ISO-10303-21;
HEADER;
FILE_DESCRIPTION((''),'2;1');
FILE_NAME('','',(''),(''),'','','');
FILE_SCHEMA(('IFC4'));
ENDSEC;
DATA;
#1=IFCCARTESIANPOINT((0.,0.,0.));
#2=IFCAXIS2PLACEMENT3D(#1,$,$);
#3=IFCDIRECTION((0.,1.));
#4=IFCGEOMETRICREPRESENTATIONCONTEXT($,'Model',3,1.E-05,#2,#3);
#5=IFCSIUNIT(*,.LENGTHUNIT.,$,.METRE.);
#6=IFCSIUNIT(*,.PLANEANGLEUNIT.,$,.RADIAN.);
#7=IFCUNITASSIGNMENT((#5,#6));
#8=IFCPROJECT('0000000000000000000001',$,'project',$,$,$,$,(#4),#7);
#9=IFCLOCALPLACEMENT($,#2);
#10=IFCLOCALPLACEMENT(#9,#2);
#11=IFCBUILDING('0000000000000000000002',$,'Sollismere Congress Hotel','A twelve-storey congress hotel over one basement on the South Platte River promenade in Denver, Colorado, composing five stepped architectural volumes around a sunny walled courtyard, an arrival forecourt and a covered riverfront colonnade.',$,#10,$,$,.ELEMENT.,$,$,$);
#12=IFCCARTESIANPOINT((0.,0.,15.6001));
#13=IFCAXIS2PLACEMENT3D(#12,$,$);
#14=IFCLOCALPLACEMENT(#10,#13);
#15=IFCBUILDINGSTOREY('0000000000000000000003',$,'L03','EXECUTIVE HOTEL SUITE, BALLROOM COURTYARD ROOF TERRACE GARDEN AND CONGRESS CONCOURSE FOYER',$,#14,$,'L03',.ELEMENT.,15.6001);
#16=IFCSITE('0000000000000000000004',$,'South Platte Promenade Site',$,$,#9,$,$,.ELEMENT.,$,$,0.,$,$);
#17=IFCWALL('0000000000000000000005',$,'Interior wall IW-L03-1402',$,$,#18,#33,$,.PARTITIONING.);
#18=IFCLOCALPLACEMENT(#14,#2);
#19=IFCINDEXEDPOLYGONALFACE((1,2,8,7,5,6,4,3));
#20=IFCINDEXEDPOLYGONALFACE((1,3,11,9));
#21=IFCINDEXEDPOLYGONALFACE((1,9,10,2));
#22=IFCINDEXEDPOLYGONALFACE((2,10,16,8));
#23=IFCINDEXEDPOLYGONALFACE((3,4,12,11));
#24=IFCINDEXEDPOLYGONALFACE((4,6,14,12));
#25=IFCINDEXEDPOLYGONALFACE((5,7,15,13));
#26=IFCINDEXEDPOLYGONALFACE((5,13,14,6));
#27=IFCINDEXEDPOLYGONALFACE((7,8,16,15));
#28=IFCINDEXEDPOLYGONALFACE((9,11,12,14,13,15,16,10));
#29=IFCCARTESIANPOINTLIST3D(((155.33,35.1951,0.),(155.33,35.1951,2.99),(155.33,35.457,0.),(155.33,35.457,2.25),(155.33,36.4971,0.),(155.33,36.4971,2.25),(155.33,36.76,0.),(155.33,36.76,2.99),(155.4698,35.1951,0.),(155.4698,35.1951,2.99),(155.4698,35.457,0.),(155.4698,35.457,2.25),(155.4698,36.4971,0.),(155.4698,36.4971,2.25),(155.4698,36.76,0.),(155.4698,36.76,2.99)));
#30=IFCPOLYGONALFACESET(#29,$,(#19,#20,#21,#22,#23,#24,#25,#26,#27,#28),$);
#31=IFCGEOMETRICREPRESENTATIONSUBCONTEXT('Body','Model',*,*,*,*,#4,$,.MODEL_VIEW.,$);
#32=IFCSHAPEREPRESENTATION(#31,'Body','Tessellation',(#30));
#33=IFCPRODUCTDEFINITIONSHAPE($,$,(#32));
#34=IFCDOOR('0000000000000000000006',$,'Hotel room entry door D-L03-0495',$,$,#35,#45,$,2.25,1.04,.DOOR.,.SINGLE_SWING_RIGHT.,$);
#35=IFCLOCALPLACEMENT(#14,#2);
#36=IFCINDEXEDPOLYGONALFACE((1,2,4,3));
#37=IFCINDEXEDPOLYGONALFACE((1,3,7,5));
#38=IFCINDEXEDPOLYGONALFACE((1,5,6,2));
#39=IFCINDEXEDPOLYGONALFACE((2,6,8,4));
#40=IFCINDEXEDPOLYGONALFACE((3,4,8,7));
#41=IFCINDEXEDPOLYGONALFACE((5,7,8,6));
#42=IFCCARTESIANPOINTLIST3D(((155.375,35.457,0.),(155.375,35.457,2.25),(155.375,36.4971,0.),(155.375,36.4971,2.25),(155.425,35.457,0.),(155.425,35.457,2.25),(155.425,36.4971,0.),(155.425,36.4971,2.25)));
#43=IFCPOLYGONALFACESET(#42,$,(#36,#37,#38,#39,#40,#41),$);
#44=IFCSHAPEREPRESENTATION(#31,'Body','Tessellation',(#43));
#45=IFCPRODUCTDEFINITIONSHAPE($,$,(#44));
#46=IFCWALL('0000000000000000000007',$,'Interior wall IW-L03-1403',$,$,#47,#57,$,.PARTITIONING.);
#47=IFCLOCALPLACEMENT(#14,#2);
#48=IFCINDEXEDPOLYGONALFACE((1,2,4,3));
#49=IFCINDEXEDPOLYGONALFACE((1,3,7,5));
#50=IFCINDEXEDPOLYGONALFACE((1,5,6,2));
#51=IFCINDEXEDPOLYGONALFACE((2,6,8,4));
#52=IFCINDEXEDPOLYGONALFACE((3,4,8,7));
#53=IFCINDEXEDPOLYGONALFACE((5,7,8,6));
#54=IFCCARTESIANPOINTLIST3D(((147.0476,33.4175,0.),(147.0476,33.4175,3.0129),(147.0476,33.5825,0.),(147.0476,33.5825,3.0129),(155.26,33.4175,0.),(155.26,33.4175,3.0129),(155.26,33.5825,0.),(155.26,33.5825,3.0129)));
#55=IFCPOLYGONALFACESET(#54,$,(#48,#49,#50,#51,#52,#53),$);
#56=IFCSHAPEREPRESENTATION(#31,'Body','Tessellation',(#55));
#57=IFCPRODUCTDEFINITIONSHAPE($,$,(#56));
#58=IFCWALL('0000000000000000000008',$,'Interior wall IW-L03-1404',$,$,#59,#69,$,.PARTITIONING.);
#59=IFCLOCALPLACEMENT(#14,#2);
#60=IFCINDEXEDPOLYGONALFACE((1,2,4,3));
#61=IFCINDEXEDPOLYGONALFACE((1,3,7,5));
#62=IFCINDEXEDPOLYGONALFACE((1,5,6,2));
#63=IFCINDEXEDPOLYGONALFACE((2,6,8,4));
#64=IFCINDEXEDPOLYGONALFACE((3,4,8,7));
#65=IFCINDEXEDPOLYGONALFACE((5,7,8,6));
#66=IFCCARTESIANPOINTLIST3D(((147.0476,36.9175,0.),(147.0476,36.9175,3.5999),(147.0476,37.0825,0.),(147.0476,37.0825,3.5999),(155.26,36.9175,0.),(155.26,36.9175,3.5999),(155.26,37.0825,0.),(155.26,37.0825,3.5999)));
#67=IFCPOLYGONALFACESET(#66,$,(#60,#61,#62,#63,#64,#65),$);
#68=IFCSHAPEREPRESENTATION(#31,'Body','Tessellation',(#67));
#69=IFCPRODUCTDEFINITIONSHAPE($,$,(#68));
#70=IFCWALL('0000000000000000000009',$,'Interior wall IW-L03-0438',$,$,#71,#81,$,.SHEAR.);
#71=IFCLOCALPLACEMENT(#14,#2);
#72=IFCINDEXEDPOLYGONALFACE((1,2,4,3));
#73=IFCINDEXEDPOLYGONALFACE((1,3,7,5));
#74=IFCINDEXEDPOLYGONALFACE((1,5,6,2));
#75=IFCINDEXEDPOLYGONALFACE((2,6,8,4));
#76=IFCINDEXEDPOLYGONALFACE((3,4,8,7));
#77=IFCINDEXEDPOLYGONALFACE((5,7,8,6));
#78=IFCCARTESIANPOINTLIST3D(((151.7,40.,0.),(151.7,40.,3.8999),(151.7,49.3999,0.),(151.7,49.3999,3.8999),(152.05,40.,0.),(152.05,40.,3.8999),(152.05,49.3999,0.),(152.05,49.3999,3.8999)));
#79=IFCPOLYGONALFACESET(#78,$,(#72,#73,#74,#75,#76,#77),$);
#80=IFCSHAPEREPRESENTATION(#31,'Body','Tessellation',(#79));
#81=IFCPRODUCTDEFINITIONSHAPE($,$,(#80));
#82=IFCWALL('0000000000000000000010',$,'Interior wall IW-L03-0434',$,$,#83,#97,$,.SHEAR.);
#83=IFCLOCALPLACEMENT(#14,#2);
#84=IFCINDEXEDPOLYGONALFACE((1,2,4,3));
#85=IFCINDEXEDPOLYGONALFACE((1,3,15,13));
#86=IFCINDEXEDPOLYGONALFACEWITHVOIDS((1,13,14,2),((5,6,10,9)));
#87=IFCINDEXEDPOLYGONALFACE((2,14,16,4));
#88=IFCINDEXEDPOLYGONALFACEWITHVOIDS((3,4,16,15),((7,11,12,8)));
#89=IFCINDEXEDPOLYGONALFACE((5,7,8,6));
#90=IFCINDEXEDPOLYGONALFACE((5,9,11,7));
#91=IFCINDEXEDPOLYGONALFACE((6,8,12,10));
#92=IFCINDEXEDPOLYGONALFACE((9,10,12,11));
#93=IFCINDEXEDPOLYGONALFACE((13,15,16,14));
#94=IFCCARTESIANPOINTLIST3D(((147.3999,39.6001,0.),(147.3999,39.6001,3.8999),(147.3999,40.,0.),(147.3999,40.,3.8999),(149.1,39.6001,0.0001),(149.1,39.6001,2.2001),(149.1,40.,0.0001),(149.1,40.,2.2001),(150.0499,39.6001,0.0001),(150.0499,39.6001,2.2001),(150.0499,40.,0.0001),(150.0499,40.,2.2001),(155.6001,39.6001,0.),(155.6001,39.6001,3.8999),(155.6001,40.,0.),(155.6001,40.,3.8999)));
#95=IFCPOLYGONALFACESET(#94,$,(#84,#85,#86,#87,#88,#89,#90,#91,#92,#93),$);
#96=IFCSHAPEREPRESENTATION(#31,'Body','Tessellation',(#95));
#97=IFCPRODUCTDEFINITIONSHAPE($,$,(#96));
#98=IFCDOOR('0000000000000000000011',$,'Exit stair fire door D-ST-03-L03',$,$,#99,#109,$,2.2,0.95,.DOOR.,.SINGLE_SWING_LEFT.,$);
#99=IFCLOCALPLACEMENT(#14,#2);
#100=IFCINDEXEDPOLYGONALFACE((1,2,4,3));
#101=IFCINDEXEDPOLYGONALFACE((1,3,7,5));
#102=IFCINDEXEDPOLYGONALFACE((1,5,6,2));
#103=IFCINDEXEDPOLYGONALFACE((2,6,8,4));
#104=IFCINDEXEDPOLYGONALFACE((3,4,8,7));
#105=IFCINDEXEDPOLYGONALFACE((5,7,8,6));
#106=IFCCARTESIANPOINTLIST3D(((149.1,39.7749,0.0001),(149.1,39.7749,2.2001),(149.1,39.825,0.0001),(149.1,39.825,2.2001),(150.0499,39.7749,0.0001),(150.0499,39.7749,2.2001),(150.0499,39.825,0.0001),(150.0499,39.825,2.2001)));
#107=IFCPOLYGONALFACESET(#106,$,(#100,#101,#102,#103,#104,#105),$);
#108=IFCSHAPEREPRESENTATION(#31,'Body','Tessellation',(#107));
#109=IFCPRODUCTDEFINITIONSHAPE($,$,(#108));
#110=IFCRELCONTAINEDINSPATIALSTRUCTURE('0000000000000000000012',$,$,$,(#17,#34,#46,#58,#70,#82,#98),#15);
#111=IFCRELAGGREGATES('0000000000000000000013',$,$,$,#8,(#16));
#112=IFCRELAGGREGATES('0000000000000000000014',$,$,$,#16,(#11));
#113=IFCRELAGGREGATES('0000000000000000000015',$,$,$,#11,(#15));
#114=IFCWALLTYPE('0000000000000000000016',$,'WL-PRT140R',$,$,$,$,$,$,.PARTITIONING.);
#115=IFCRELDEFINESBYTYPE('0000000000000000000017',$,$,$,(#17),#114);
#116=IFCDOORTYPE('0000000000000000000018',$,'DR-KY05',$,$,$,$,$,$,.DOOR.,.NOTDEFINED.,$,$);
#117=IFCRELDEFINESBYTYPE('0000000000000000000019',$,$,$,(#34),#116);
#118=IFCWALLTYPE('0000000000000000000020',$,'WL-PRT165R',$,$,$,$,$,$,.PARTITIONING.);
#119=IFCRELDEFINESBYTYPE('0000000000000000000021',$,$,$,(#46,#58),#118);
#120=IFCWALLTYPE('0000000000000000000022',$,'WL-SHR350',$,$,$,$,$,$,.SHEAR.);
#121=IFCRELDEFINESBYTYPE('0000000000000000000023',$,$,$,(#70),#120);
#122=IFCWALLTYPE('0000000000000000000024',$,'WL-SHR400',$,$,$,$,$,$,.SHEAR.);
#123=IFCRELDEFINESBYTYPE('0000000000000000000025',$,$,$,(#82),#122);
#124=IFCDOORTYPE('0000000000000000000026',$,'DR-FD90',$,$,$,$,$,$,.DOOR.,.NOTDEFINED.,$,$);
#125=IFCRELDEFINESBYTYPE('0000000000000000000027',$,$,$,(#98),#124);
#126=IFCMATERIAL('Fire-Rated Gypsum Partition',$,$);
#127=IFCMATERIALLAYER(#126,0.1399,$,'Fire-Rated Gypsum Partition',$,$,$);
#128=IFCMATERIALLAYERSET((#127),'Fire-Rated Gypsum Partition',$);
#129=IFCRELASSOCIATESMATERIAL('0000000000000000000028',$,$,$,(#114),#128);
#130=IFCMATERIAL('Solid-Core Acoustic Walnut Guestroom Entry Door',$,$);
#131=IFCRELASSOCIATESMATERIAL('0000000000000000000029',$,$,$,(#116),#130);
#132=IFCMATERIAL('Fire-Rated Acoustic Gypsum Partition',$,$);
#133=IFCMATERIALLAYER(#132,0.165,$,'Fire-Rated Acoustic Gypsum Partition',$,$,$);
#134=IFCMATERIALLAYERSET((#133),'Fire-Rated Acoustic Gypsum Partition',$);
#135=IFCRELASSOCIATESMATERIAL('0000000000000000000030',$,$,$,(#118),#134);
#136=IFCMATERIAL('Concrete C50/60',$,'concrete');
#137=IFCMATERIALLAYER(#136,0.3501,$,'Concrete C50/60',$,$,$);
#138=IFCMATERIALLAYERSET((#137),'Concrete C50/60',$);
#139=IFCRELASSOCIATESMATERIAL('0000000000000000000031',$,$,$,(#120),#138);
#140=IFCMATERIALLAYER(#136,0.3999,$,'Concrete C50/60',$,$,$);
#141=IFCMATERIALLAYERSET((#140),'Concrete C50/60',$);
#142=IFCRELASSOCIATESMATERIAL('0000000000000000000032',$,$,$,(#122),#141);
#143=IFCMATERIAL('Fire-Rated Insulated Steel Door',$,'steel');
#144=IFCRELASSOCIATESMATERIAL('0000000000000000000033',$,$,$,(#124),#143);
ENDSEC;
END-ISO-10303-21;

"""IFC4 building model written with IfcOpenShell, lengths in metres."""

from ifc_helpers import new_model, si_unit, direction, frame, frame_2d, origin, place, context, subcontext, project, spatial, rectangle, extrude, material, layer, layer_set, type_object, element, fill, save


model = new_model("IFC4")

# Units and contexts
model_context = context("Model", 3, precision=1e-05, world=origin(), true_north=direction((0.0, 1.0)))
body_context = subcontext(model_context, "Body", "Model", "MODEL_VIEW")
ifc_project = project(units=[si_unit("LENGTHUNIT", "METRE"), si_unit("PLANEANGLEUNIT", "RADIAN")], contexts=[model_context])

# Site, building, storey
site_placement = place(None, origin())
site = spatial("IfcSite", under=ifc_project, at=site_placement, Name="South Platte Promenade Site", CompositionType="ELEMENT", RefElevation=0.0)
building_placement = place(site_placement, origin())
building = spatial("IfcBuilding", under=site, at=building_placement, Name="Sollismere Congress Hotel", Description="A twelve-storey congress hotel over one basement on the South Platte River promenade in Denver, Colorado, composing five stepped architectural volumes around a sunny walled courtyard, an arrival forecourt and a covered riverfront colonnade.", CompositionType="ELEMENT")
storey_placement = place(building_placement, frame((0.0, 0.0, 15.6001)))
storey = spatial("IfcBuildingStorey", under=building, at=storey_placement, Name="L03", Description="EXECUTIVE HOTEL SUITE, BALLROOM COURTYARD ROOF TERRACE GARDEN AND CONGRESS CONCOURSE FOYER", LongName="L03", CompositionType="ELEMENT", Elevation=15.6001)

# Shared definitions
ifc_material_1 = material(Name="Fire-Rated Gypsum Partition")
ifc_layer_1 = layer(ifc_material_1, 0.1399, Name="Fire-Rated Gypsum Partition")
ifc_layer_set_1 = layer_set([ifc_layer_1], Name="Fire-Rated Gypsum Partition")
wall_type_1 = type_object("IfcWallType", Name="WL-PRT140R", PredefinedType="PARTITIONING", material=ifc_layer_set_1)

# Wall, opening, door
wall_1_placement = place(storey_placement, frame((155.3999, 35.1951, 0.0), z_axis=(0.0, 0.0, 1.0), x_axis=(0.0, 1.0, 0.0)))
wall_1 = element("IfcWall", 1, at=wall_1_placement, inside=storey, type_object=wall_type_1, Name="Interior wall IW-L03-1402", PredefinedType="PARTITIONING", context=body_context, shape_type="SweptSolid", body=[
    extrude(rectangle(XDim=1.5649, YDim=0.1399, at=frame_2d((0.7825, 0.0))), origin(), (0.0, 0.0, 1.0), 2.99),
])
opening_1_placement = place(wall_1_placement, frame((0.262, 0.0, 0.0)))
opening_1 = element("IfcOpeningElement", 2, at=opening_1_placement, cuts=wall_1, PredefinedType="OPENING", context=body_context, shape_type="SweptSolid", body=[
    extrude(rectangle(XDim=1.04, YDim=2.25, at=frame_2d((0.52, 1.125))), frame((0.0, 0.0798, 0.0), z_axis=(0.0, -1.0, 0.0), x_axis=(1.0, 0.0, 0.0)), (0.0, 0.0, 1.0), 0.1599),
])
ifc_material_2 = material(Name="Solid-Core Acoustic Walnut Guestroom Entry Door")
door_type_1 = type_object("IfcDoorType", Name="DR-KY05", OperationType="NOTDEFINED", PredefinedType="DOOR", material=ifc_material_2)
door_1_placement = place(opening_1_placement, origin())
door_1 = element("IfcDoor", 3, at=door_1_placement, inside=storey, type_object=door_type_1, Name="Hotel room entry door D-L03-0495", OperationType="SINGLE_SWING_RIGHT", OverallHeight=2.25, OverallWidth=1.04, PredefinedType="DOOR", context=body_context, shape_type="SweptSolid", body=[
    extrude(rectangle(XDim=1.04, YDim=2.25, at=frame_2d((0.52, 1.125))), frame((0.0, 0.0249, 0.0), z_axis=(0.0, -1.0, 0.0), x_axis=(1.0, 0.0, 0.0)), (0.0, 0.0, 1.0), 0.05),
])
fill(opening_1, door_1)

# Walls
ifc_material_3 = material(Name="Fire-Rated Acoustic Gypsum Partition")
ifc_layer_2 = layer(ifc_material_3, 0.165, Name="Fire-Rated Acoustic Gypsum Partition")
ifc_layer_set_2 = layer_set([ifc_layer_2], Name="Fire-Rated Acoustic Gypsum Partition")
wall_type_2 = type_object("IfcWallType", Name="WL-PRT165R", PredefinedType="PARTITIONING", material=ifc_layer_set_2)
wall_2_placement = place(storey_placement, frame((147.0476, 33.5, 0.0), z_axis=(0.0, 0.0, 1.0), x_axis=(1.0, 0.0, 0.0)))
element("IfcWall", 4, at=wall_2_placement, inside=storey, type_object=wall_type_2, Name="Interior wall IW-L03-1403", PredefinedType="PARTITIONING", context=body_context, shape_type="SweptSolid", body=[
    extrude(rectangle(XDim=8.2124, YDim=0.165, at=frame_2d((4.1062, 0.0))), origin(), (0.0, 0.0, 1.0), 3.0129),
])
wall_3_placement = place(storey_placement, frame((147.0476, 37.0, 0.0), z_axis=(0.0, 0.0, 1.0), x_axis=(1.0, 0.0, 0.0)))
element("IfcWall", 5, at=wall_3_placement, inside=storey, type_object=wall_type_2, Name="Interior wall IW-L03-1404", PredefinedType="PARTITIONING", context=body_context, shape_type="SweptSolid", body=[
    extrude(rectangle(XDim=8.2124, YDim=0.165, at=frame_2d((4.1062, 0.0))), origin(), (0.0, 0.0, 1.0), 3.5999),
])
ifc_material_4 = material(Name="Concrete C50/60", Category="concrete")
ifc_layer_3 = layer(ifc_material_4, 0.3501, Name="Concrete C50/60")
ifc_layer_set_3 = layer_set([ifc_layer_3], Name="Concrete C50/60")
wall_type_3 = type_object("IfcWallType", Name="WL-SHR350", PredefinedType="SHEAR", material=ifc_layer_set_3)
wall_4_placement = place(storey_placement, frame((151.875, 40.0, 0.0), z_axis=(0.0, 0.0, 1.0), x_axis=(0.0, 1.0, 0.0)))
element("IfcWall", 6, at=wall_4_placement, inside=storey, type_object=wall_type_3, Name="Interior wall IW-L03-0438", PredefinedType="SHEAR", context=body_context, shape_type="SweptSolid", body=[
    extrude(rectangle(XDim=9.3999, YDim=0.3501, at=frame_2d((4.7, 0.0))), origin(), (0.0, 0.0, 1.0), 3.8999),
])

# Wall, opening, door
ifc_layer_4 = layer(ifc_material_4, 0.3999, Name="Concrete C50/60")
ifc_layer_set_4 = layer_set([ifc_layer_4], Name="Concrete C50/60")
wall_type_4 = type_object("IfcWallType", Name="WL-SHR400", PredefinedType="SHEAR", material=ifc_layer_set_4)
wall_5_placement = place(storey_placement, frame((147.3999, 39.8, 0.0), z_axis=(0.0, 0.0, 1.0), x_axis=(1.0, 0.0, 0.0)))
wall_5 = element("IfcWall", 7, at=wall_5_placement, inside=storey, type_object=wall_type_4, Name="Interior wall IW-L03-0434", PredefinedType="SHEAR", context=body_context, shape_type="SweptSolid", body=[
    extrude(rectangle(XDim=8.2002, YDim=0.3999, at=frame_2d((4.1001, 0.0))), origin(), (0.0, 0.0, 1.0), 3.8999),
])
opening_2_placement = place(wall_5_placement, frame((1.7, 0.0, 0.0)))
opening_2 = element("IfcOpeningElement", 8, at=opening_2_placement, cuts=wall_5, PredefinedType="OPENING", context=body_context, shape_type="SweptSolid", body=[
    extrude(rectangle(XDim=0.95, YDim=2.2, at=frame_2d((0.4751, 1.1001))), frame((0.0, 0.21, 0.0), z_axis=(0.0, -1.0, 0.0), x_axis=(1.0, 0.0, 0.0)), (0.0, 0.0, 1.0), 0.4199),
])
ifc_material_5 = material(Name="Fire-Rated Insulated Steel Door", Category="steel")
door_type_2 = type_object("IfcDoorType", Name="DR-FD90", OperationType="NOTDEFINED", PredefinedType="DOOR", material=ifc_material_5)
door_2_placement = place(opening_2_placement, origin())
door_2 = element("IfcDoor", 9, at=door_2_placement, inside=storey, type_object=door_type_2, Name="Exit stair fire door D-ST-03-L03", OperationType="SINGLE_SWING_LEFT", OverallHeight=2.2, OverallWidth=0.95, PredefinedType="DOOR", context=body_context, shape_type="SweptSolid", body=[
    extrude(rectangle(XDim=0.95, YDim=2.2, at=frame_2d((0.4751, 1.1001))), frame((0.0, 0.0249, 0.0), z_axis=(0.0, -1.0, 0.0), x_axis=(1.0, 0.0, 0.0)), (0.0, 0.0, 1.0), 0.05),
])
fill(opening_2, door_2)

save(model, "model.ifc")
